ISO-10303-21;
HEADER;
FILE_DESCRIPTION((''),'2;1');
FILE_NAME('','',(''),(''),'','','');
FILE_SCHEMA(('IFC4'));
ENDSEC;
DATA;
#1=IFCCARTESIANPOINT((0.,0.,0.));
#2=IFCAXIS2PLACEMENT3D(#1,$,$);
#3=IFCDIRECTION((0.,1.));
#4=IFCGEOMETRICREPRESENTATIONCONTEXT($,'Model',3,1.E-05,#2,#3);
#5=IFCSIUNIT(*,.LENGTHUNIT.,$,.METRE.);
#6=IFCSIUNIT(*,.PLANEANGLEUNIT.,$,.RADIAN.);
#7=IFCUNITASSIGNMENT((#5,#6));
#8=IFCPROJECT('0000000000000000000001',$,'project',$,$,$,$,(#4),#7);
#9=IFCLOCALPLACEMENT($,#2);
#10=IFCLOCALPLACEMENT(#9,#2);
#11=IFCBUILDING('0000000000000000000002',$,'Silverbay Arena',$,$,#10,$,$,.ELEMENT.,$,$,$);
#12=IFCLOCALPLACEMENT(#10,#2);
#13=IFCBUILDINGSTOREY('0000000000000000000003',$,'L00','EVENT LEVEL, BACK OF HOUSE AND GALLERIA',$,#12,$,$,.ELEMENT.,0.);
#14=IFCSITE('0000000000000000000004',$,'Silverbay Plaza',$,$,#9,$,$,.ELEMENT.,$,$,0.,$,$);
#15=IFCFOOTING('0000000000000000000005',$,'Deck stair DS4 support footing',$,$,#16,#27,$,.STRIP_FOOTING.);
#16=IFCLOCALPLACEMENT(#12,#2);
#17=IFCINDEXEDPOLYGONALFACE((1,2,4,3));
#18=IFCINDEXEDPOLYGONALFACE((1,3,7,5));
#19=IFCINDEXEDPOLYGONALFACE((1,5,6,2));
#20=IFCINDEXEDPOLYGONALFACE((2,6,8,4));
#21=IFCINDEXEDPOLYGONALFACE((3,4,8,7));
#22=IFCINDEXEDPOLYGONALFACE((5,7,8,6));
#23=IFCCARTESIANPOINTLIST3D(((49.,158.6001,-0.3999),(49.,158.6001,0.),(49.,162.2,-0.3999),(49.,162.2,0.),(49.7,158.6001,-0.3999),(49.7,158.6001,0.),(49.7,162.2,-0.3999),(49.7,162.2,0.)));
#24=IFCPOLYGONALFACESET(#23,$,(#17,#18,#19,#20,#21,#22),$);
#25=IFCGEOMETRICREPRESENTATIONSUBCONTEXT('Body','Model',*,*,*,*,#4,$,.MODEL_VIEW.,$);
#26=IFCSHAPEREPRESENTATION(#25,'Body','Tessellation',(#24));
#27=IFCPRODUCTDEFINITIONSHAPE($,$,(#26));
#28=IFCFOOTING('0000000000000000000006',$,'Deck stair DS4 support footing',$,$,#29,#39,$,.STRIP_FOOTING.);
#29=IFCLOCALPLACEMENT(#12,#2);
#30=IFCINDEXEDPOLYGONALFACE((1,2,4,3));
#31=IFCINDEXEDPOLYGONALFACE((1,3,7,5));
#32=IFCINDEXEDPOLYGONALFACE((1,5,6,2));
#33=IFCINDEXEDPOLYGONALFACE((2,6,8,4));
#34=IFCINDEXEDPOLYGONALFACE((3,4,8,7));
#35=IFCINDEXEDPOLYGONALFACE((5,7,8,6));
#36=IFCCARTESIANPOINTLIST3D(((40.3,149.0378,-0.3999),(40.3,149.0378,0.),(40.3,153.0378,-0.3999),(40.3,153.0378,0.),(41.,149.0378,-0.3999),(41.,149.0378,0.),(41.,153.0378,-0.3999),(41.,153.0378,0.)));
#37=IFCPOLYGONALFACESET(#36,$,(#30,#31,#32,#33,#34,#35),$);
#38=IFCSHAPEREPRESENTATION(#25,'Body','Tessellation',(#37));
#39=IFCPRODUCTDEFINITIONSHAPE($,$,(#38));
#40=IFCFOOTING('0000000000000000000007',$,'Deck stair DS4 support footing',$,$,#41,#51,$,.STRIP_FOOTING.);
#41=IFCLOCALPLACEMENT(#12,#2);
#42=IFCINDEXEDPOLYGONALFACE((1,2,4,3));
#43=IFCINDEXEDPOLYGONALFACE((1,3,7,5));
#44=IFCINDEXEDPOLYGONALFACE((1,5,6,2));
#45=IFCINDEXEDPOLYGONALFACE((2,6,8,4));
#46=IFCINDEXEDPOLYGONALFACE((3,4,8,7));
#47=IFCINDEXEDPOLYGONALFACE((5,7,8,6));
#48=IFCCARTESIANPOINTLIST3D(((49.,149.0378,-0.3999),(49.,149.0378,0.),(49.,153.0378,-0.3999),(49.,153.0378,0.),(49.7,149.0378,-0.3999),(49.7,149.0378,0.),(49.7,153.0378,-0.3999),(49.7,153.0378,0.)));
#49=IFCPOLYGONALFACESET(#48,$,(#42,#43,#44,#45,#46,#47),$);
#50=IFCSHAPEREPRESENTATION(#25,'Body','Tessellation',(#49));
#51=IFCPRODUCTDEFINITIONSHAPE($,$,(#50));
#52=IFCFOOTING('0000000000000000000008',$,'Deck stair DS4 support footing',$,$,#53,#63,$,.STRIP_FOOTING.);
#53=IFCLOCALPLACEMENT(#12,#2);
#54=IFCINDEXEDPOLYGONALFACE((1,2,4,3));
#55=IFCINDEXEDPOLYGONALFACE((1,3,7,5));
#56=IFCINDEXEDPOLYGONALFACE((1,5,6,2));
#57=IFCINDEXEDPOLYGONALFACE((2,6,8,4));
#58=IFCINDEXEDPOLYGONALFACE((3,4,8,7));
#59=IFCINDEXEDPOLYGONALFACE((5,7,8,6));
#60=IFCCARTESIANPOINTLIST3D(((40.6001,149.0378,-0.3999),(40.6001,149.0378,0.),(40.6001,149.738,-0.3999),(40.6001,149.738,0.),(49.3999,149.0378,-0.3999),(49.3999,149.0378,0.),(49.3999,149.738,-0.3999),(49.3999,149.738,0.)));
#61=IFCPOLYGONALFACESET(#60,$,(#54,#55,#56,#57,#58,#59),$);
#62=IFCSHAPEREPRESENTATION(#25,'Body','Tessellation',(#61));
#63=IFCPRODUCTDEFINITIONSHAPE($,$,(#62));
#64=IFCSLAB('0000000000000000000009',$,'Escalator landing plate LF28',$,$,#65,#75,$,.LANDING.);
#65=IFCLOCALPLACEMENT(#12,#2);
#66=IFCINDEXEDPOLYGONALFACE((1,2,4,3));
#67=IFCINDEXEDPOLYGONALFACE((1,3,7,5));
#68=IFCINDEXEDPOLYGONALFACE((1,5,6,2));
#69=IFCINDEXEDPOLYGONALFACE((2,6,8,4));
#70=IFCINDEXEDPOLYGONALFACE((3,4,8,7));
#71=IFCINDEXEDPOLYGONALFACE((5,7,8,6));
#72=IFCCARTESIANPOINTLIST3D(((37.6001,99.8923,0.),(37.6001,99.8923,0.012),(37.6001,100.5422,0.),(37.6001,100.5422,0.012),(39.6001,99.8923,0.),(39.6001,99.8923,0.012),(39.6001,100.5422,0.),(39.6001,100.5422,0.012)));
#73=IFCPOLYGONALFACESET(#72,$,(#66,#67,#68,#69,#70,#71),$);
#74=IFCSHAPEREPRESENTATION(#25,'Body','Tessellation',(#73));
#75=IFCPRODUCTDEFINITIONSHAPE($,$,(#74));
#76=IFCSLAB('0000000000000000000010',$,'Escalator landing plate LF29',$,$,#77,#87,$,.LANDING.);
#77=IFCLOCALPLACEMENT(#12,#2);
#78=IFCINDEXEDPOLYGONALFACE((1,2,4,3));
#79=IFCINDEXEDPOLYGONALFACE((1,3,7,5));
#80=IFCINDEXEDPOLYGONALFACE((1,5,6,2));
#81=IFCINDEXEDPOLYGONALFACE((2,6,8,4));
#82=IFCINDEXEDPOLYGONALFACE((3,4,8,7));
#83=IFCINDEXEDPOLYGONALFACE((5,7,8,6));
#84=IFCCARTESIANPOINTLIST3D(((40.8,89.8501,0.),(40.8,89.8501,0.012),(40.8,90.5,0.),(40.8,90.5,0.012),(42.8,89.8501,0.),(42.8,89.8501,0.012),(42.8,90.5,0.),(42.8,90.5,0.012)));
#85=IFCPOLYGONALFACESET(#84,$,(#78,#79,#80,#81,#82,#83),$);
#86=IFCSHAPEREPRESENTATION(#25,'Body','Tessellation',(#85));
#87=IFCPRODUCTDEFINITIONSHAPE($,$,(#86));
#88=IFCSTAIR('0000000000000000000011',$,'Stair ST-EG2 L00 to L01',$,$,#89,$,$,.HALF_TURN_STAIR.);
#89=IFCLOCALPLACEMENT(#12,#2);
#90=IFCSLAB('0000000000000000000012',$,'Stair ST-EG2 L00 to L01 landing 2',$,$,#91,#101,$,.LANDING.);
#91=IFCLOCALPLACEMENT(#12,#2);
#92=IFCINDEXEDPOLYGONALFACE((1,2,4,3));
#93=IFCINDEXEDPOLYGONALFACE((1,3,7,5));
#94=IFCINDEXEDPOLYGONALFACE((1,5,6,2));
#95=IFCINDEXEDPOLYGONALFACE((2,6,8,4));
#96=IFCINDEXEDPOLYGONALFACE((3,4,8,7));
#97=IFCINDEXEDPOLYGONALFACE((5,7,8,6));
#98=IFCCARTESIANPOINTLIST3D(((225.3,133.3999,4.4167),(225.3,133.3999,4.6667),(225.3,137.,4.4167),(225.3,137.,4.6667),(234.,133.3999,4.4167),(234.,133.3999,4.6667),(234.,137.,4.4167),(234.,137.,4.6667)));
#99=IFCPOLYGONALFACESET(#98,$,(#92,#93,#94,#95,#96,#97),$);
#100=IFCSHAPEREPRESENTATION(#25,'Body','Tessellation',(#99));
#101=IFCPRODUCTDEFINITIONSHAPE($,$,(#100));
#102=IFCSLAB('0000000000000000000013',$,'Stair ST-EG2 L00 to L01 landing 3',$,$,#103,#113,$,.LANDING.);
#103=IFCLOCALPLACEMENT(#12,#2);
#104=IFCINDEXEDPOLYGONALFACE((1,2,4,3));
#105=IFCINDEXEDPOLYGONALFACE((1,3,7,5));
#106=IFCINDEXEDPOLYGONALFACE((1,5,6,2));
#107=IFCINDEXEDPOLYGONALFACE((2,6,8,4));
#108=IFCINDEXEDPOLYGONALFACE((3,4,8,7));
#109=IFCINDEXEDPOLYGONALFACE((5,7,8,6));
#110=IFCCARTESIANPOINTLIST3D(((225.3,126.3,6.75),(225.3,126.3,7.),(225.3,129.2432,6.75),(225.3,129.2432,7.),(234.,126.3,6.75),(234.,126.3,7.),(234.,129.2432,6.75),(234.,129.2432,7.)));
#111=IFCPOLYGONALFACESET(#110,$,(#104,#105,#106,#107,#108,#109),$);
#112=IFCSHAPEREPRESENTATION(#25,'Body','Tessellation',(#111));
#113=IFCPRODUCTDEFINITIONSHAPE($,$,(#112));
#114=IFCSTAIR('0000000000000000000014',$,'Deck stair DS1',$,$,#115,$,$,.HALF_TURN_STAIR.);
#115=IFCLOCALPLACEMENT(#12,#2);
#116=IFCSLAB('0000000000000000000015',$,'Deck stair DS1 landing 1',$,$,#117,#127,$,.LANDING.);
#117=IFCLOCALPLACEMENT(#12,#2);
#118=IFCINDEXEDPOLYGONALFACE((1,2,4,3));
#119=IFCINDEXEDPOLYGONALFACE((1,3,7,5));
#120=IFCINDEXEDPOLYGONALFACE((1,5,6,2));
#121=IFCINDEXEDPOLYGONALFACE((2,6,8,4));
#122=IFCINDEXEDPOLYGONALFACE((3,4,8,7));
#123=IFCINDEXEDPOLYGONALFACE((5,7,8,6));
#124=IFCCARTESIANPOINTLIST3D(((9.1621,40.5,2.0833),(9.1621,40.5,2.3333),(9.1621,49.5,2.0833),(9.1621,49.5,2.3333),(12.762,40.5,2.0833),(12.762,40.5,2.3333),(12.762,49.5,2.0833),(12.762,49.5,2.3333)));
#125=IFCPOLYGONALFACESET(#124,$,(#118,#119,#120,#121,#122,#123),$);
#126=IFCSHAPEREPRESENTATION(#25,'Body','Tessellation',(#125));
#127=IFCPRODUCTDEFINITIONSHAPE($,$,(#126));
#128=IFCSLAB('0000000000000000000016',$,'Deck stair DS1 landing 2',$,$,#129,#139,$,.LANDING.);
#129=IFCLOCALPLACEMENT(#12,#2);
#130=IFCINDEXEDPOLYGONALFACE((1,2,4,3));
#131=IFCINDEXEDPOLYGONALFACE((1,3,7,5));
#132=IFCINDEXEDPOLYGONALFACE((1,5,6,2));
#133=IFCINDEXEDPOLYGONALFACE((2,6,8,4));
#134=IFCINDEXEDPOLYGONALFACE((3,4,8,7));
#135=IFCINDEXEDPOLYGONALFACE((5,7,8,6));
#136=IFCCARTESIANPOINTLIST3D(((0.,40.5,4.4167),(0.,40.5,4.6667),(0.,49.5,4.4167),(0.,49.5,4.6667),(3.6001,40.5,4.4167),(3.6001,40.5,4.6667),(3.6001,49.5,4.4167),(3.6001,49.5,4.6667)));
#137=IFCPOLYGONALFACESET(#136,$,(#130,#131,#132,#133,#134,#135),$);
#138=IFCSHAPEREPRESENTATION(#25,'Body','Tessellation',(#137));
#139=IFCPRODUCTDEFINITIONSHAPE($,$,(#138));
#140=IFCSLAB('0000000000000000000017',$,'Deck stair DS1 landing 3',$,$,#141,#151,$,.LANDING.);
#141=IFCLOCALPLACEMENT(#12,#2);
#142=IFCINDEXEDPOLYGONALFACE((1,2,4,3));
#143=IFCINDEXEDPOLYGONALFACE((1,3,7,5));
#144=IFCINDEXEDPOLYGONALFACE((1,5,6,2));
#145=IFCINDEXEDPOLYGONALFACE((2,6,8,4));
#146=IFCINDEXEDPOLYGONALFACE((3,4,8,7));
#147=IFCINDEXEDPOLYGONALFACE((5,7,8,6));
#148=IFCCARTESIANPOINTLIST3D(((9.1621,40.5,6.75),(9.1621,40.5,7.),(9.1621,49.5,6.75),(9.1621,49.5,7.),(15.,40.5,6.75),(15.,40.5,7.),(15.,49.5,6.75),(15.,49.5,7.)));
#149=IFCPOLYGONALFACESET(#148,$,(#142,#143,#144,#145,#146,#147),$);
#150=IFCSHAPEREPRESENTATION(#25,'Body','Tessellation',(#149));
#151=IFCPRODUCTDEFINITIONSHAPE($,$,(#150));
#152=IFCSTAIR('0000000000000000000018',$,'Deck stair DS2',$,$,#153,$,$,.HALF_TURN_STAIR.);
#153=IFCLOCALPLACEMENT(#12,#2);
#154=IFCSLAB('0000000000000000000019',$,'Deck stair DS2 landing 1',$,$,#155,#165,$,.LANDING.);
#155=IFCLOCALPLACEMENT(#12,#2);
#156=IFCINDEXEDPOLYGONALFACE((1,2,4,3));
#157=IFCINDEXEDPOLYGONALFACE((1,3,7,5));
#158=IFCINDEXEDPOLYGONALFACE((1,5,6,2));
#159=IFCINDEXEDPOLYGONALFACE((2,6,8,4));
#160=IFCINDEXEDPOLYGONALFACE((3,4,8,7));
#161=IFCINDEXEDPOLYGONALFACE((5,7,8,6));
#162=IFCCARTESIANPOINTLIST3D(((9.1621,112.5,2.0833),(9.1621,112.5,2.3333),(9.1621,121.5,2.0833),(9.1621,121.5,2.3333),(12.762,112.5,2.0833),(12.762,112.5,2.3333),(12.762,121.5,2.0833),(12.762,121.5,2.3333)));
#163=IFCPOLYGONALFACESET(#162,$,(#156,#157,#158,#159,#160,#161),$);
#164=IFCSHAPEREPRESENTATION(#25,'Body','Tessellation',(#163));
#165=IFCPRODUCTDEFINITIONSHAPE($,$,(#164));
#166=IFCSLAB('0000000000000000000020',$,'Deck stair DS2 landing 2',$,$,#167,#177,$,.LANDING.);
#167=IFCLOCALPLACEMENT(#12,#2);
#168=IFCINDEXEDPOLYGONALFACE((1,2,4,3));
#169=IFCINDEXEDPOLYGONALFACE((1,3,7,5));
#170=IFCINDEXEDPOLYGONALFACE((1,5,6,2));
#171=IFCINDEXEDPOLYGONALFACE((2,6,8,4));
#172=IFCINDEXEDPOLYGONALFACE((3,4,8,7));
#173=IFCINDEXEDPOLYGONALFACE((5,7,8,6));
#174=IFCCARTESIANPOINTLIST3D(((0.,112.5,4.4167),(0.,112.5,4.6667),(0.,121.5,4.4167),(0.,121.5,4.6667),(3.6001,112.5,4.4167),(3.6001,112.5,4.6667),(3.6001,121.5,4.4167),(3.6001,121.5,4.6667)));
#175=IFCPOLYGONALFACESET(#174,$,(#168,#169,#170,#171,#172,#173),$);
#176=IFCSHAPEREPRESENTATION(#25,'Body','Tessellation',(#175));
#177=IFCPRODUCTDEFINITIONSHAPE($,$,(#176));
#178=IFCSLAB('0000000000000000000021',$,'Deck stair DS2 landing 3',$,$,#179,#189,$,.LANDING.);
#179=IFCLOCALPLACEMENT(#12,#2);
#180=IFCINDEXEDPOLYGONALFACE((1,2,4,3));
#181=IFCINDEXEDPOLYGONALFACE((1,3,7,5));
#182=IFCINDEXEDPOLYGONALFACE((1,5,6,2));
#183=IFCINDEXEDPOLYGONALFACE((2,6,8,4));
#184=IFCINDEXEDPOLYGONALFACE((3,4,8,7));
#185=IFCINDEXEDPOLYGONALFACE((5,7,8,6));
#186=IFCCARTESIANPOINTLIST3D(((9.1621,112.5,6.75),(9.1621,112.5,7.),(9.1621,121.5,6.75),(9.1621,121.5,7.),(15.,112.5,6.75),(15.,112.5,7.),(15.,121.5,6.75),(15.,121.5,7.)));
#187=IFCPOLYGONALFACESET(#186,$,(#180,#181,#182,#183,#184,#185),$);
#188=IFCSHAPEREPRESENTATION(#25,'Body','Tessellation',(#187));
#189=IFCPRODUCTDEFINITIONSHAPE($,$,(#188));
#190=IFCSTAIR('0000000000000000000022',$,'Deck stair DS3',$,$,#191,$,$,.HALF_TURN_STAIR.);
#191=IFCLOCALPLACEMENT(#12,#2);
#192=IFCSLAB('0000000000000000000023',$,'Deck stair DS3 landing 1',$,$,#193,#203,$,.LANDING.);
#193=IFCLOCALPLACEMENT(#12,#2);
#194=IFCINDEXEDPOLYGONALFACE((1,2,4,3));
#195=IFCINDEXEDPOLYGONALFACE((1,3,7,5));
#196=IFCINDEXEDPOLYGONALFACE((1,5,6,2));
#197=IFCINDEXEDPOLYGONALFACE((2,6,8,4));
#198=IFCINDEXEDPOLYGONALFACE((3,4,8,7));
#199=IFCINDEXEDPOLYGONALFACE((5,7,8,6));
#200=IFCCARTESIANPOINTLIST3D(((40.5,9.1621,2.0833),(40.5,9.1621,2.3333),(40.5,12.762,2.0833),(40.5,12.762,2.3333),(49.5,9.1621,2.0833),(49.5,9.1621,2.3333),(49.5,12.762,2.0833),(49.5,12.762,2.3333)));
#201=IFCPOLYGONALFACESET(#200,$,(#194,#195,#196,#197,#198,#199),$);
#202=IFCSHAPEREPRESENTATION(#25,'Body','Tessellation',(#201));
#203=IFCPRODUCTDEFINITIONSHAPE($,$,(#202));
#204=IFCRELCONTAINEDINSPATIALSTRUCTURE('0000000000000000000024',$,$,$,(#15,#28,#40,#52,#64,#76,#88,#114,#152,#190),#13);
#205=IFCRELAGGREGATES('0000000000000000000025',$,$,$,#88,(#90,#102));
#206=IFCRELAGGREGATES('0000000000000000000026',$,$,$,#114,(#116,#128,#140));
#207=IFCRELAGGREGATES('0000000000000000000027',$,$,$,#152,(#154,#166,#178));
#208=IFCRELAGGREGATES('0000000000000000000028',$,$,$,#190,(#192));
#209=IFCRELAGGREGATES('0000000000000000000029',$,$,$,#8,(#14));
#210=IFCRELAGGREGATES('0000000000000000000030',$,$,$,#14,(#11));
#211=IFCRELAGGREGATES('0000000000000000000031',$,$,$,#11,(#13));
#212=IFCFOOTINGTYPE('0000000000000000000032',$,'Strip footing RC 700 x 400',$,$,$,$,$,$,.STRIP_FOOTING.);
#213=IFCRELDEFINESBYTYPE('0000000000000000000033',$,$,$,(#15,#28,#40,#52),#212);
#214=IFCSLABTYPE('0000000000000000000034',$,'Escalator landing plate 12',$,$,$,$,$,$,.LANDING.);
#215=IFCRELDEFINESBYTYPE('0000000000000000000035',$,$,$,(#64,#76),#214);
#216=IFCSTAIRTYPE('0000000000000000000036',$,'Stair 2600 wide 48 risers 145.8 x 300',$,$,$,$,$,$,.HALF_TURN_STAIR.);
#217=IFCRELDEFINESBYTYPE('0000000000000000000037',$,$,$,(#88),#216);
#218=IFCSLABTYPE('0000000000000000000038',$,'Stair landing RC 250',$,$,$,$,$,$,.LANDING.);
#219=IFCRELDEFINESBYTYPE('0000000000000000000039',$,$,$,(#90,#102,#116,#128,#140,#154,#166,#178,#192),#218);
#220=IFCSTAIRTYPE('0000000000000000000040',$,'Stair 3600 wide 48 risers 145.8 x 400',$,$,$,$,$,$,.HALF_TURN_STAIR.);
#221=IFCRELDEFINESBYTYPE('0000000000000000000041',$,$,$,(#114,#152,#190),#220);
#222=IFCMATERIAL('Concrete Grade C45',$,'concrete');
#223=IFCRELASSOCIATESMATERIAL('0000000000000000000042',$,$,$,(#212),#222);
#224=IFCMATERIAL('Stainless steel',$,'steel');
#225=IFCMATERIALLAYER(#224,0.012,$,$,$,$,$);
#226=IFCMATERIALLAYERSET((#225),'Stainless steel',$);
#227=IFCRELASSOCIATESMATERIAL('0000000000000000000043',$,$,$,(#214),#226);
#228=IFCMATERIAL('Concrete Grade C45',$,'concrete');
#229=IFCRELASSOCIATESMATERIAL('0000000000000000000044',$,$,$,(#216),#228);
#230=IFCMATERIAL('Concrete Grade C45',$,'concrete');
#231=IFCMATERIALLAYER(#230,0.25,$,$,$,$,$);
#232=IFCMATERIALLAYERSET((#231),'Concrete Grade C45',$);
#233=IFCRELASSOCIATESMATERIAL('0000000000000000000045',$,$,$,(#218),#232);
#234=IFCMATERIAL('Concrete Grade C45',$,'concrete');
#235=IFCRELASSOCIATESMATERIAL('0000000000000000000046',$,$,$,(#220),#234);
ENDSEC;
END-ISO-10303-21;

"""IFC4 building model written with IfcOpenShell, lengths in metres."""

from ifc_helpers import new_model, si_unit, direction, frame, origin, place, context, subcontext, project, spatial, polyline, outline, extrude, material, layer, layer_set, type_object, element, aggregate, save


model = new_model("IFC4")

# Units and contexts
model_context = context("Model", 3, precision=1e-05, world=origin(), true_north=direction((0.0, 1.0)))
body_context = subcontext(model_context, "Body", "Model", "MODEL_VIEW")
ifc_project = project(units=[si_unit("LENGTHUNIT", "METRE"), si_unit("PLANEANGLEUNIT", "RADIAN")], contexts=[model_context])

# Site, building, storey
site_placement = place(None, origin())
site = spatial("IfcSite", under=ifc_project, at=site_placement, Name="Silverbay Plaza", CompositionType="ELEMENT", RefElevation=0.0)
building_placement = place(site_placement, origin())
building = spatial("IfcBuilding", under=site, at=building_placement, Name="Silverbay Arena", CompositionType="ELEMENT")
storey_placement = place(building_placement, origin())
storey = spatial("IfcBuildingStorey", under=building, at=storey_placement, Name="L00", Description="EVENT LEVEL, BACK OF HOUSE AND GALLERIA", CompositionType="ELEMENT", Elevation=0.0)

# Footings
ifc_material_1 = material(Name="Concrete Grade C45", Category="concrete")
footing_type_1 = type_object("IfcFootingType", Name="Strip footing RC 700 x 400", PredefinedType="STRIP_FOOTING", material=ifc_material_1)
footing_1_placement = place(storey_placement, frame((0.0, 0.0, -0.3999)))
element("IfcFooting", 1, at=footing_1_placement, inside=storey, type_object=footing_type_1, Name="Deck stair DS4 support footing", PredefinedType="STRIP_FOOTING", context=body_context, shape_type="SweptSolid", body=[
    extrude(outline(polyline([(49.0, 162.2), (49.0, 158.6001), (49.7, 158.6001), (49.7, 162.2), (49.0, 162.2)])), origin(), (0.0, 0.0, 1.0), 0.3999),
])
footing_2_placement = place(storey_placement, frame((0.0, 0.0, -0.3999)))
element("IfcFooting", 2, at=footing_2_placement, inside=storey, type_object=footing_type_1, Name="Deck stair DS4 support footing", PredefinedType="STRIP_FOOTING", context=body_context, shape_type="SweptSolid", body=[
    extrude(outline(polyline([(40.3, 153.0378), (40.3, 149.0378), (41.0, 149.0378), (41.0, 153.0378), (40.3, 153.0378)])), origin(), (0.0, 0.0, 1.0), 0.3999),
])
footing_3_placement = place(storey_placement, frame((0.0, 0.0, -0.3999)))
element("IfcFooting", 3, at=footing_3_placement, inside=storey, type_object=footing_type_1, Name="Deck stair DS4 support footing", PredefinedType="STRIP_FOOTING", context=body_context, shape_type="SweptSolid", body=[
    extrude(outline(polyline([(49.0, 153.0378), (49.0, 149.0378), (49.7, 149.0378), (49.7, 153.0378), (49.0, 153.0378)])), origin(), (0.0, 0.0, 1.0), 0.3999),
])
footing_4_placement = place(storey_placement, frame((0.0, 0.0, -0.3999)))
element("IfcFooting", 4, at=footing_4_placement, inside=storey, type_object=footing_type_1, Name="Deck stair DS4 support footing", PredefinedType="STRIP_FOOTING", context=body_context, shape_type="SweptSolid", body=[
    extrude(outline(polyline([(40.6001, 149.738), (40.6001, 149.0378), (49.3999, 149.0378), (49.3999, 149.738), (40.6001, 149.738)])), origin(), (0.0, 0.0, 1.0), 0.3999),
])

# Slabs
ifc_material_2 = material(Name="Stainless steel", Category="steel")
ifc_layer_1 = layer(ifc_material_2, 0.012)
ifc_layer_set_1 = layer_set([ifc_layer_1], Name="Stainless steel")
slab_type_1 = type_object("IfcSlabType", Name="Escalator landing plate 12", PredefinedType="LANDING", material=ifc_layer_set_1)
slab_1_placement = place(storey_placement, origin())
element("IfcSlab", 5, at=slab_1_placement, inside=storey, type_object=slab_type_1, Name="Escalator landing plate LF28", PredefinedType="LANDING", context=body_context, shape_type="SweptSolid", body=[
    extrude(outline(polyline([(37.6001, 99.8923), (39.6001, 99.8923), (39.6001, 100.5422), (37.6001, 100.5422), (37.6001, 99.8923)])), origin(), (0.0, 0.0, 1.0), 0.012),
])
slab_2_placement = place(storey_placement, origin())
element("IfcSlab", 6, at=slab_2_placement, inside=storey, type_object=slab_type_1, Name="Escalator landing plate LF29", PredefinedType="LANDING", context=body_context, shape_type="SweptSolid", body=[
    extrude(outline(polyline([(40.8, 89.8501), (42.8, 89.8501), (42.8, 90.5), (40.8, 90.5), (40.8, 89.8501)])), origin(), (0.0, 0.0, 1.0), 0.012),
])

# Stairs, slabs
ifc_material_3 = material(Name="Concrete Grade C45", Category="concrete")
stair_type_1 = type_object("IfcStairType", Name="Stair 2600 wide 48 risers 145.8 x 300", PredefinedType="HALF_TURN_STAIR", material=ifc_material_3)
stair_1_placement = place(storey_placement, origin())
stair_1 = element("IfcStair", 7, at=stair_1_placement, inside=storey, type_object=stair_type_1, Name="Stair ST-EG2 L00 to L01", PredefinedType="HALF_TURN_STAIR")
ifc_material_4 = material(Name="Concrete Grade C45", Category="concrete")
ifc_layer_2 = layer(ifc_material_4, 0.25)
ifc_layer_set_2 = layer_set([ifc_layer_2], Name="Concrete Grade C45")
slab_type_2 = type_object("IfcSlabType", Name="Stair landing RC 250", PredefinedType="LANDING", material=ifc_layer_set_2)
slab_3_placement = place(storey_placement, frame((0.0, 0.0, 4.4167)))
slab_3 = element("IfcSlab", 8, at=slab_3_placement, type_object=slab_type_2, Name="Stair ST-EG2 L00 to L01 landing 2", PredefinedType="LANDING", context=body_context, shape_type="SweptSolid", body=[
    extrude(outline(polyline([(225.3, 137.0), (225.3, 133.3999), (234.0, 133.3999), (234.0, 137.0), (225.3, 137.0)])), origin(), (0.0, 0.0, 1.0), 0.25),
])
slab_4_placement = place(storey_placement, frame((0.0, 0.0, 6.75)))
slab_4 = element("IfcSlab", 9, at=slab_4_placement, type_object=slab_type_2, Name="Stair ST-EG2 L00 to L01 landing 3", PredefinedType="LANDING", context=body_context, shape_type="SweptSolid", body=[
    extrude(outline(polyline([(225.3, 129.2432), (225.3, 126.3), (234.0, 126.3), (234.0, 129.2432), (225.3, 129.2432)])), origin(), (0.0, 0.0, 1.0), 0.25),
])
aggregate(stair_1, [slab_3, slab_4])
ifc_material_5 = material(Name="Concrete Grade C45", Category="concrete")
stair_type_2 = type_object("IfcStairType", Name="Stair 3600 wide 48 risers 145.8 x 400", PredefinedType="HALF_TURN_STAIR", material=ifc_material_5)
stair_2_placement = place(storey_placement, origin())
stair_2 = element("IfcStair", 10, at=stair_2_placement, inside=storey, type_object=stair_type_2, Name="Deck stair DS1", PredefinedType="HALF_TURN_STAIR")
slab_5_placement = place(storey_placement, frame((0.0, 0.0, 2.0833)))
slab_5 = element("IfcSlab", 11, at=slab_5_placement, type_object=slab_type_2, Name="Deck stair DS1 landing 1", PredefinedType="LANDING", context=body_context, shape_type="SweptSolid", body=[
    extrude(outline(polyline([(9.1621, 40.5), (12.762, 40.5), (12.762, 49.5), (9.1621, 49.5), (9.1621, 40.5)])), origin(), (0.0, 0.0, 1.0), 0.25),
])
slab_6_placement = place(storey_placement, frame((0.0, 0.0, 4.4167)))
slab_6 = element("IfcSlab", 12, at=slab_6_placement, type_object=slab_type_2, Name="Deck stair DS1 landing 2", PredefinedType="LANDING", context=body_context, shape_type="SweptSolid", body=[
    extrude(outline(polyline([(0.0, 40.5), (3.6001, 40.5), (3.6001, 49.5), (0.0, 49.5), (0.0, 40.5)])), origin(), (0.0, 0.0, 1.0), 0.25),
])
slab_7_placement = place(storey_placement, frame((0.0, 0.0, 6.75)))
slab_7 = element("IfcSlab", 13, at=slab_7_placement, type_object=slab_type_2, Name="Deck stair DS1 landing 3", PredefinedType="LANDING", context=body_context, shape_type="SweptSolid", body=[
    extrude(outline(polyline([(9.1621, 40.5), (15.0, 40.5), (15.0, 49.5), (9.1621, 49.5), (9.1621, 40.5)])), origin(), (0.0, 0.0, 1.0), 0.25),
])
aggregate(stair_2, [slab_5, slab_6, slab_7])
stair_3_placement = place(storey_placement, origin())
stair_3 = element("IfcStair", 14, at=stair_3_placement, inside=storey, type_object=stair_type_2, Name="Deck stair DS2", PredefinedType="HALF_TURN_STAIR")
slab_8_placement = place(storey_placement, frame((0.0, 0.0, 2.0833)))
slab_8 = element("IfcSlab", 15, at=slab_8_placement, type_object=slab_type_2, Name="Deck stair DS2 landing 1", PredefinedType="LANDING", context=body_context, shape_type="SweptSolid", body=[
    extrude(outline(polyline([(9.1621, 112.5), (12.762, 112.5), (12.762, 121.5), (9.1621, 121.5), (9.1621, 112.5)])), origin(), (0.0, 0.0, 1.0), 0.25),
])
slab_9_placement = place(storey_placement, frame((0.0, 0.0, 4.4167)))
slab_9 = element("IfcSlab", 16, at=slab_9_placement, type_object=slab_type_2, Name="Deck stair DS2 landing 2", PredefinedType="LANDING", context=body_context, shape_type="SweptSolid", body=[
    extrude(outline(polyline([(0.0, 112.5), (3.6001, 112.5), (3.6001, 121.5), (0.0, 121.5), (0.0, 112.5)])), origin(), (0.0, 0.0, 1.0), 0.25),
])
slab_10_placement = place(storey_placement, frame((0.0, 0.0, 6.75)))
slab_10 = element("IfcSlab", 17, at=slab_10_placement, type_object=slab_type_2, Name="Deck stair DS2 landing 3", PredefinedType="LANDING", context=body_context, shape_type="SweptSolid", body=[
    extrude(outline(polyline([(9.1621, 112.5), (15.0, 112.5), (15.0, 121.5), (9.1621, 121.5), (9.1621, 112.5)])), origin(), (0.0, 0.0, 1.0), 0.25),
])
aggregate(stair_3, [slab_8, slab_9, slab_10])
stair_4_placement = place(storey_placement, origin())
stair_4 = element("IfcStair", 18, at=stair_4_placement, inside=storey, type_object=stair_type_2, Name="Deck stair DS3", PredefinedType="HALF_TURN_STAIR")
slab_11_placement = place(storey_placement, frame((0.0, 0.0, 2.0833)))
slab_11 = element("IfcSlab", 19, at=slab_11_placement, type_object=slab_type_2, Name="Deck stair DS3 landing 1", PredefinedType="LANDING", context=body_context, shape_type="SweptSolid", body=[
    extrude(outline(polyline([(40.5, 9.1621), (40.5, 12.762), (49.5, 12.762), (49.5, 9.1621), (40.5, 9.1621)])), origin(), (0.0, 0.0, 1.0), 0.25),
])
aggregate(stair_4, [slab_11])

save(model, "model.ifc")
